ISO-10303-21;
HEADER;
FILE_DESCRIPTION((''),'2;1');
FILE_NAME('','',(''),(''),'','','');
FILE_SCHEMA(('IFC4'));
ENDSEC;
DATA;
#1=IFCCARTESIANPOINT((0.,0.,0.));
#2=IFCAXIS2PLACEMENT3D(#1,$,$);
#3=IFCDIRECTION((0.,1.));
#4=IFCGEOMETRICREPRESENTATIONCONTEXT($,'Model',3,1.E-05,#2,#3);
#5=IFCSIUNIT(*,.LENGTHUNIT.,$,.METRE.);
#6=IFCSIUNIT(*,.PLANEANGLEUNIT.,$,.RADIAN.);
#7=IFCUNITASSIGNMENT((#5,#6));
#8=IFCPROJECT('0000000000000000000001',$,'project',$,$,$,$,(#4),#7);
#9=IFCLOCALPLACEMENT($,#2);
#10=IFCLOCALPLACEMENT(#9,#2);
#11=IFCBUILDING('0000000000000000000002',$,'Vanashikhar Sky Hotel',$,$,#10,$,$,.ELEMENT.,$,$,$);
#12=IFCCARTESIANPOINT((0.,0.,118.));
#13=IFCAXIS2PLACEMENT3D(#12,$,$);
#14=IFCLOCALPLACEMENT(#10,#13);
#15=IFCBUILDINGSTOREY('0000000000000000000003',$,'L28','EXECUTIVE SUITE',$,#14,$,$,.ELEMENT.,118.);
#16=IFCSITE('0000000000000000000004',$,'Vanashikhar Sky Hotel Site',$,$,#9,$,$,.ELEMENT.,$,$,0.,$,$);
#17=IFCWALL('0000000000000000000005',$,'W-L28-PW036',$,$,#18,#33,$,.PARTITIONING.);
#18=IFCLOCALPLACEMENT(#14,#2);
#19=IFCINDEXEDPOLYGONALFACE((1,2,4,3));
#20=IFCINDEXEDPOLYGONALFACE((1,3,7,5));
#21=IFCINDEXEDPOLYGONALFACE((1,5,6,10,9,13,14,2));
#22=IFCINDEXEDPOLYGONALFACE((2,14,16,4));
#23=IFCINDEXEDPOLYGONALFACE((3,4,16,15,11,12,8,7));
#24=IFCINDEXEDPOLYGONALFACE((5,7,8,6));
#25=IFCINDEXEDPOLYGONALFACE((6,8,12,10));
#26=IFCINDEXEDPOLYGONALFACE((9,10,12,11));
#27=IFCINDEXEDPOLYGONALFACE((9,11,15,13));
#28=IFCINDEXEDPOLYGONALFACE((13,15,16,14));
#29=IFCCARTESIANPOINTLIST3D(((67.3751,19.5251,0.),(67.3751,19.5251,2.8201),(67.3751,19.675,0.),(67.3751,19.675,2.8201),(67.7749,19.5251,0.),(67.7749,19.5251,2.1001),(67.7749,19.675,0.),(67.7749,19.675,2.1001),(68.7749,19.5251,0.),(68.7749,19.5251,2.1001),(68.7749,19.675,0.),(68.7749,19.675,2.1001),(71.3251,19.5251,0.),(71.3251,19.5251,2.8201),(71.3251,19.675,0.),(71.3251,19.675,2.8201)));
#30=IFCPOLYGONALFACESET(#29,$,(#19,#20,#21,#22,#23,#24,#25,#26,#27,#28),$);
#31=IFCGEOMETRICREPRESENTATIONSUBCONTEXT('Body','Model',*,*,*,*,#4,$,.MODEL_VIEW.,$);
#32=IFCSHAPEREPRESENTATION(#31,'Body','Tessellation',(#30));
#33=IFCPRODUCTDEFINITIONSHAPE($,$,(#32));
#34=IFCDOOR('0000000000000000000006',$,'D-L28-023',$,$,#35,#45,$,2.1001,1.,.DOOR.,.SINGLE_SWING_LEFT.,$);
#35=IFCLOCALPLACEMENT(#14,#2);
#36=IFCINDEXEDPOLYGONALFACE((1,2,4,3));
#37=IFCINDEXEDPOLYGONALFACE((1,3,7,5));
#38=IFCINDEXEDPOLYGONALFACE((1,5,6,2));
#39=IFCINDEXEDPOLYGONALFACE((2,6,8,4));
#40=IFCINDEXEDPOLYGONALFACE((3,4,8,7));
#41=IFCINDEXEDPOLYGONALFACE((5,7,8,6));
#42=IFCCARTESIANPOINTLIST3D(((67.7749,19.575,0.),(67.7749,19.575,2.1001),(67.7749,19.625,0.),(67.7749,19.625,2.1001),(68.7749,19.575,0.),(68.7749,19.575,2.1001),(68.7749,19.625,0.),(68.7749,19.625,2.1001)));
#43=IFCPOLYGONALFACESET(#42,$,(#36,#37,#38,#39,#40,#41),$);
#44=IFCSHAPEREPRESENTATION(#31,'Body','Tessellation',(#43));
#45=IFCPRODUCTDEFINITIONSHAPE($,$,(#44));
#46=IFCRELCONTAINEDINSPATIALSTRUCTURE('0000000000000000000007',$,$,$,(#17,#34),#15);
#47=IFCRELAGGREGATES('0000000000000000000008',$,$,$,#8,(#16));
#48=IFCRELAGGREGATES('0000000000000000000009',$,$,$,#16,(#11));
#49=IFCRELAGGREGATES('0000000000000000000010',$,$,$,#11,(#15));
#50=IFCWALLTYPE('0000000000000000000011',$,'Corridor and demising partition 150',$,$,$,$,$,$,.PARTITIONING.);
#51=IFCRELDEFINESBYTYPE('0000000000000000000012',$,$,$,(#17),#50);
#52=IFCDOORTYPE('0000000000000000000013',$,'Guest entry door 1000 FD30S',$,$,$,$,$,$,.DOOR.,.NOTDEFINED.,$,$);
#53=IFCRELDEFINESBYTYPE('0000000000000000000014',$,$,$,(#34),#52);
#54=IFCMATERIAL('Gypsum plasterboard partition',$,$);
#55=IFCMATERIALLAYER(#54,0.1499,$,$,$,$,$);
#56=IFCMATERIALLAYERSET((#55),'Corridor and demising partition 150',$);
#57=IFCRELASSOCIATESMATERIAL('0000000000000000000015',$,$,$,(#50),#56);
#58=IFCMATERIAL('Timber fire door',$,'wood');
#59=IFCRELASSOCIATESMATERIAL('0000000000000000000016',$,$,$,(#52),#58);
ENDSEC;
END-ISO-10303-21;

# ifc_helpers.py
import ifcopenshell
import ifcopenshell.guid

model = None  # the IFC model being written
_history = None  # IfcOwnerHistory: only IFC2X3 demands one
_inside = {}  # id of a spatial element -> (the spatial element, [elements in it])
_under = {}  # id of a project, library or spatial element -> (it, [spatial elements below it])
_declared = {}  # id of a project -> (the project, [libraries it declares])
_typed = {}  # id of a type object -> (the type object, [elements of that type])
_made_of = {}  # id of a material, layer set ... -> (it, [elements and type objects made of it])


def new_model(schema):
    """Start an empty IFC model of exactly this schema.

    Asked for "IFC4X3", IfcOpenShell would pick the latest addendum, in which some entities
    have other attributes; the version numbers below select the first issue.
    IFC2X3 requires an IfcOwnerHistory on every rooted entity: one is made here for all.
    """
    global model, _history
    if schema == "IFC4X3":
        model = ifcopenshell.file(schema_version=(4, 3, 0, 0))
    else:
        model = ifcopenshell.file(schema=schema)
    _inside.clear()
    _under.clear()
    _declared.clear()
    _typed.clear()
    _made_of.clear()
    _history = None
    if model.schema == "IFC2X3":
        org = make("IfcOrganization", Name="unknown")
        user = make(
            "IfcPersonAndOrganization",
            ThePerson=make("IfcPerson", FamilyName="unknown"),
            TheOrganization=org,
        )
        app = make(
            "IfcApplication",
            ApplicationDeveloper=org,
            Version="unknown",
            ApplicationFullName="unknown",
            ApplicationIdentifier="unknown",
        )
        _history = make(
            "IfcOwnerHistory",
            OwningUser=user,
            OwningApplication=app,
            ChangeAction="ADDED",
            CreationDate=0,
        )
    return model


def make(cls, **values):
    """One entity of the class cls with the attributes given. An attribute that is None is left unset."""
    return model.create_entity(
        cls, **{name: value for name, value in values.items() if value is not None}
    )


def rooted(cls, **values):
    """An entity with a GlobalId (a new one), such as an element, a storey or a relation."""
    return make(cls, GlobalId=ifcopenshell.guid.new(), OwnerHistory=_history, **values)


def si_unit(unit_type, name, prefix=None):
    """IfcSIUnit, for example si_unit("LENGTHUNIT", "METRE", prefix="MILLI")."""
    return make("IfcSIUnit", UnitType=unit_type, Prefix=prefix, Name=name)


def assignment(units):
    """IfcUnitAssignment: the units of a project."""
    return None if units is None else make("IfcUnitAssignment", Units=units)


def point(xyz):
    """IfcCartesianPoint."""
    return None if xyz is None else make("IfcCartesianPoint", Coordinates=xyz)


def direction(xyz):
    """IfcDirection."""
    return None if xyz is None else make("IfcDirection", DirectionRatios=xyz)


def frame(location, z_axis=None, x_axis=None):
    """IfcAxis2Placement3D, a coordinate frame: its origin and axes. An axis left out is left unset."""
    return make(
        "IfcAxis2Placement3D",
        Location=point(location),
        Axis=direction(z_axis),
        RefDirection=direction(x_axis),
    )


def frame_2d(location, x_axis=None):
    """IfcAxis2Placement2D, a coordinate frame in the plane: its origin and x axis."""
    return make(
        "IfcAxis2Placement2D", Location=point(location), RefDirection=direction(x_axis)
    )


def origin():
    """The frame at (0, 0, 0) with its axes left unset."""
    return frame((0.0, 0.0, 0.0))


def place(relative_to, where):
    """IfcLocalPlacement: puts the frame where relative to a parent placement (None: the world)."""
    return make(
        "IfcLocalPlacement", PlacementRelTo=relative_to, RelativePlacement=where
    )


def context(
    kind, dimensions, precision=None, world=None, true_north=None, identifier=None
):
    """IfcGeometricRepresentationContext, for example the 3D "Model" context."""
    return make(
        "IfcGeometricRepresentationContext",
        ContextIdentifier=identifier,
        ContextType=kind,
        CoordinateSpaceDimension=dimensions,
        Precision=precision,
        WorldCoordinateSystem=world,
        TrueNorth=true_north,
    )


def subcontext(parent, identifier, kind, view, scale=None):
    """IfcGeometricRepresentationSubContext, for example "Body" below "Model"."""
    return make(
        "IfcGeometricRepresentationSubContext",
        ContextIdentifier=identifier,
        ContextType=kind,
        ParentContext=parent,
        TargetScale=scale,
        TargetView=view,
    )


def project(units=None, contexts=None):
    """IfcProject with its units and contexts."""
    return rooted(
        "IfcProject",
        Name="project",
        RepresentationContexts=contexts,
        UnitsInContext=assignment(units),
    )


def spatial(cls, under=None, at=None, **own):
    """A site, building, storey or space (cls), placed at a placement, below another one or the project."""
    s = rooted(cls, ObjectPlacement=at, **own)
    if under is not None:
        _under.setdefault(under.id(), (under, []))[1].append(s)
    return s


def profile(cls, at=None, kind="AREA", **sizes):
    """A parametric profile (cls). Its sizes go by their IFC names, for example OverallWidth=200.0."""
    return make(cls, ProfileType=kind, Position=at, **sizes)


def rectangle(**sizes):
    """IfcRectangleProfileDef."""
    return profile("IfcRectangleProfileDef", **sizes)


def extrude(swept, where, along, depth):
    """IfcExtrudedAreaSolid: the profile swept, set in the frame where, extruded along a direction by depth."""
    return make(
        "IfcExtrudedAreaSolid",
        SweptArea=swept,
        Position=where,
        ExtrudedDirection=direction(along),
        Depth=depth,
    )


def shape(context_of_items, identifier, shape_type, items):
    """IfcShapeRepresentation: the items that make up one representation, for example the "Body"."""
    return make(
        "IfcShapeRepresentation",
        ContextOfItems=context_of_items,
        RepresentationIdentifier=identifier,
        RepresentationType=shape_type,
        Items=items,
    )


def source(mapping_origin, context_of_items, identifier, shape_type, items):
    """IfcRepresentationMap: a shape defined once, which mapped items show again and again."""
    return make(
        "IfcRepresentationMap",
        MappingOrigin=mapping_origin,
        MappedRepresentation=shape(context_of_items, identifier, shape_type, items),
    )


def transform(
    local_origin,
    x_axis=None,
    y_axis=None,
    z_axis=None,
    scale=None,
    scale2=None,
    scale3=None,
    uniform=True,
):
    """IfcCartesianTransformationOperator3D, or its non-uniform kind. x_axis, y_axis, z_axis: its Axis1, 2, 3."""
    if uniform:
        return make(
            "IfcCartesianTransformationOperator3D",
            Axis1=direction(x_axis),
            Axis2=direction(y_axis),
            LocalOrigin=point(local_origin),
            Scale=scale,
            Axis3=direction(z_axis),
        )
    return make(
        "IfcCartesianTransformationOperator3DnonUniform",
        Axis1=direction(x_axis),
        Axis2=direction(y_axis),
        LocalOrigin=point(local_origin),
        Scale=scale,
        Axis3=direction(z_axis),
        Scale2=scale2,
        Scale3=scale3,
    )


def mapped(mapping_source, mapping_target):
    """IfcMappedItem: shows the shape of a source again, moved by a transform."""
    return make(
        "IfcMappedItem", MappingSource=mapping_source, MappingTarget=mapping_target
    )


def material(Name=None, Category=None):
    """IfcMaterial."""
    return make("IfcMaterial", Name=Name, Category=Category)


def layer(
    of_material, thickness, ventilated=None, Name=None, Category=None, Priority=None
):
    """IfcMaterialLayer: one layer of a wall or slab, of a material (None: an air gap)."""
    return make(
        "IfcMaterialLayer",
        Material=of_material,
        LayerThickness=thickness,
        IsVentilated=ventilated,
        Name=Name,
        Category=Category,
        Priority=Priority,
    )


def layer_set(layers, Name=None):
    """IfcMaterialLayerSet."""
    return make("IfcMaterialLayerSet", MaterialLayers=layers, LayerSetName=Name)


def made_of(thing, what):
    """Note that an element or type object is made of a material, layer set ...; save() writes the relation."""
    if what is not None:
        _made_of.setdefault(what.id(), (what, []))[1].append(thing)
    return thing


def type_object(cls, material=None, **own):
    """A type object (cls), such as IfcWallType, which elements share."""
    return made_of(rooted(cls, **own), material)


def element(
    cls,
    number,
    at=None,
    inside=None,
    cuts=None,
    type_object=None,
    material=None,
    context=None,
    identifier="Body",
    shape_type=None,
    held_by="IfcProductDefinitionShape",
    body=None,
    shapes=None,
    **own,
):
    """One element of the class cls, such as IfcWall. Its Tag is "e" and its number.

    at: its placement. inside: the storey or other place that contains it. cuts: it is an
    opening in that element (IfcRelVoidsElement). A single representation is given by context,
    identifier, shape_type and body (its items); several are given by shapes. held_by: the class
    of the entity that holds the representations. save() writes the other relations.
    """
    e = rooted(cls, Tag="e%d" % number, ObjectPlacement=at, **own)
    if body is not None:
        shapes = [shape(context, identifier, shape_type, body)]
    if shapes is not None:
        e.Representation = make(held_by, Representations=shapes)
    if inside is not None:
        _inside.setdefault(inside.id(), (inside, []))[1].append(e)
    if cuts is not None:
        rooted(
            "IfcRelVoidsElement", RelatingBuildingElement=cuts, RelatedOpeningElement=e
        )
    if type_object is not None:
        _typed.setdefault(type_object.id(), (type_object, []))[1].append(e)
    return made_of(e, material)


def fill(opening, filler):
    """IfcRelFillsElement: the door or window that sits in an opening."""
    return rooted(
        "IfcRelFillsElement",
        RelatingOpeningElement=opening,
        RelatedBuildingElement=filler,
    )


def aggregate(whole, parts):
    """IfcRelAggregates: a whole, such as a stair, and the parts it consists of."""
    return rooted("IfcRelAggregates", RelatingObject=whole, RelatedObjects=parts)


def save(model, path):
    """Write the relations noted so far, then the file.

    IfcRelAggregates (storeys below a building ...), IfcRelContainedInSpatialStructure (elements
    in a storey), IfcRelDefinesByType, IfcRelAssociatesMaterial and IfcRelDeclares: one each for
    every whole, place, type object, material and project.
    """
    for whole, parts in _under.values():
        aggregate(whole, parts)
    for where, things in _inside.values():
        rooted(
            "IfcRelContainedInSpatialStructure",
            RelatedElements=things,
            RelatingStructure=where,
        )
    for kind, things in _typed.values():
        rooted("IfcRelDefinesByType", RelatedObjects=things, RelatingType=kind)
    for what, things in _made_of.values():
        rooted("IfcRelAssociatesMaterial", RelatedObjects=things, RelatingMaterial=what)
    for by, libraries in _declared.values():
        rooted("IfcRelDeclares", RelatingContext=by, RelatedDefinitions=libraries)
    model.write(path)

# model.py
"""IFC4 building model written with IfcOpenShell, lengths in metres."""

from ifc_helpers import new_model, si_unit, direction, frame, frame_2d, origin, place, context, subcontext, project, spatial, rectangle, extrude, source, transform, mapped, material, layer, layer_set, type_object, element, fill, save


model = new_model("IFC4")

# Units and contexts
model_context = context("Model", 3, precision=1e-05, world=origin(), true_north=direction((0.0, 1.0)))
body_context = subcontext(model_context, "Body", "Model", "MODEL_VIEW")
ifc_project = project(units=[si_unit("LENGTHUNIT", "METRE"), si_unit("PLANEANGLEUNIT", "RADIAN")], contexts=[model_context])

# Site, building, storey
site_placement = place(None, origin())
site = spatial("IfcSite", under=ifc_project, at=site_placement, Name="Vanashikhar Sky Hotel Site", CompositionType="ELEMENT", RefElevation=0.0)
building_placement = place(site_placement, origin())
building = spatial("IfcBuilding", under=site, at=building_placement, Name="Vanashikhar Sky Hotel", CompositionType="ELEMENT")
storey_placement = place(building_placement, frame((0.0, 0.0, 118.0)))
storey = spatial("IfcBuildingStorey", under=building, at=storey_placement, Name="L28", Description="EXECUTIVE SUITE", CompositionType="ELEMENT", Elevation=118.0)

# Wall, opening, door
ifc_material_1 = material(Name="Gypsum plasterboard partition")
ifc_layer_1 = layer(ifc_material_1, 0.1499)
ifc_layer_set_1 = layer_set([ifc_layer_1], Name="Corridor and demising partition 150")
wall_type_1 = type_object("IfcWallType", Name="Corridor and demising partition 150", PredefinedType="PARTITIONING", material=ifc_layer_set_1)
ifc_material_2 = material(Name="Timber fire door", Category="wood")
shared_shape_1 = source(origin(), body_context, "Body", "SweptSolid", [
    extrude(rectangle(XDim=3.95, YDim=0.1499, at=frame_2d((1.9751, 0.0))), origin(), (0.0, 0.0, 1.0), 2.8201),
])
wall_1_placement = place(storey_placement, frame((67.375, 19.6001, 0.0), z_axis=(0.0, 0.0, 1.0), x_axis=(1.0, 0.0, 0.0)))
wall_1 = element("IfcWall", 1, at=wall_1_placement, inside=storey, type_object=wall_type_1, Name="W-L28-PW036", PredefinedType="PARTITIONING", context=body_context, shape_type="MappedRepresentation", body=[
    mapped(shared_shape_1, transform((0.0, 0.0, 0.0), scale=1.0)),
])
shared_shape_2 = source(origin(), body_context, "Body", "SweptSolid", [
    extrude(rectangle(XDim=1.0, YDim=2.1001, at=frame_2d((0.5, 1.05))), frame((0.0, 0.085, 0.0), z_axis=(0.0, -1.0, 0.0), x_axis=(1.0, 0.0, 0.0)), (0.0, 0.0, 1.0), 0.1699),
])
opening_1_placement = place(wall_1_placement, frame((0.3999, 0.0, 0.0)))
opening_1 = element("IfcOpeningElement", 2, at=opening_1_placement, cuts=wall_1, PredefinedType="OPENING", context=body_context, shape_type="MappedRepresentation", body=[
    mapped(shared_shape_2, transform((0.0, 0.0, 0.0), scale=1.0)),
])
door_type_1 = type_object("IfcDoorType", Name="Guest entry door 1000 FD30S", OperationType="NOTDEFINED", PredefinedType="DOOR", material=ifc_material_2)
shared_shape_3 = source(origin(), body_context, "Body", "SweptSolid", [
    extrude(rectangle(XDim=1.0, YDim=2.1001, at=frame_2d((0.5, 1.05))), frame((0.0, 0.0249, 0.0), z_axis=(0.0, -1.0, 0.0), x_axis=(1.0, 0.0, 0.0)), (0.0, 0.0, 1.0), 0.05),
])
door_1_placement = place(opening_1_placement, origin())
door_1 = element("IfcDoor", 3, at=door_1_placement, inside=storey, type_object=door_type_1, Name="D-L28-023", OperationType="SINGLE_SWING_LEFT", OverallHeight=2.1001, OverallWidth=1.0, PredefinedType="DOOR", context=body_context, shape_type="MappedRepresentation", body=[
    mapped(shared_shape_3, transform((0.0, 0.0, 0.0), scale=1.0)),
])
fill(opening_1, door_1)

save(model, "model.ifc")
